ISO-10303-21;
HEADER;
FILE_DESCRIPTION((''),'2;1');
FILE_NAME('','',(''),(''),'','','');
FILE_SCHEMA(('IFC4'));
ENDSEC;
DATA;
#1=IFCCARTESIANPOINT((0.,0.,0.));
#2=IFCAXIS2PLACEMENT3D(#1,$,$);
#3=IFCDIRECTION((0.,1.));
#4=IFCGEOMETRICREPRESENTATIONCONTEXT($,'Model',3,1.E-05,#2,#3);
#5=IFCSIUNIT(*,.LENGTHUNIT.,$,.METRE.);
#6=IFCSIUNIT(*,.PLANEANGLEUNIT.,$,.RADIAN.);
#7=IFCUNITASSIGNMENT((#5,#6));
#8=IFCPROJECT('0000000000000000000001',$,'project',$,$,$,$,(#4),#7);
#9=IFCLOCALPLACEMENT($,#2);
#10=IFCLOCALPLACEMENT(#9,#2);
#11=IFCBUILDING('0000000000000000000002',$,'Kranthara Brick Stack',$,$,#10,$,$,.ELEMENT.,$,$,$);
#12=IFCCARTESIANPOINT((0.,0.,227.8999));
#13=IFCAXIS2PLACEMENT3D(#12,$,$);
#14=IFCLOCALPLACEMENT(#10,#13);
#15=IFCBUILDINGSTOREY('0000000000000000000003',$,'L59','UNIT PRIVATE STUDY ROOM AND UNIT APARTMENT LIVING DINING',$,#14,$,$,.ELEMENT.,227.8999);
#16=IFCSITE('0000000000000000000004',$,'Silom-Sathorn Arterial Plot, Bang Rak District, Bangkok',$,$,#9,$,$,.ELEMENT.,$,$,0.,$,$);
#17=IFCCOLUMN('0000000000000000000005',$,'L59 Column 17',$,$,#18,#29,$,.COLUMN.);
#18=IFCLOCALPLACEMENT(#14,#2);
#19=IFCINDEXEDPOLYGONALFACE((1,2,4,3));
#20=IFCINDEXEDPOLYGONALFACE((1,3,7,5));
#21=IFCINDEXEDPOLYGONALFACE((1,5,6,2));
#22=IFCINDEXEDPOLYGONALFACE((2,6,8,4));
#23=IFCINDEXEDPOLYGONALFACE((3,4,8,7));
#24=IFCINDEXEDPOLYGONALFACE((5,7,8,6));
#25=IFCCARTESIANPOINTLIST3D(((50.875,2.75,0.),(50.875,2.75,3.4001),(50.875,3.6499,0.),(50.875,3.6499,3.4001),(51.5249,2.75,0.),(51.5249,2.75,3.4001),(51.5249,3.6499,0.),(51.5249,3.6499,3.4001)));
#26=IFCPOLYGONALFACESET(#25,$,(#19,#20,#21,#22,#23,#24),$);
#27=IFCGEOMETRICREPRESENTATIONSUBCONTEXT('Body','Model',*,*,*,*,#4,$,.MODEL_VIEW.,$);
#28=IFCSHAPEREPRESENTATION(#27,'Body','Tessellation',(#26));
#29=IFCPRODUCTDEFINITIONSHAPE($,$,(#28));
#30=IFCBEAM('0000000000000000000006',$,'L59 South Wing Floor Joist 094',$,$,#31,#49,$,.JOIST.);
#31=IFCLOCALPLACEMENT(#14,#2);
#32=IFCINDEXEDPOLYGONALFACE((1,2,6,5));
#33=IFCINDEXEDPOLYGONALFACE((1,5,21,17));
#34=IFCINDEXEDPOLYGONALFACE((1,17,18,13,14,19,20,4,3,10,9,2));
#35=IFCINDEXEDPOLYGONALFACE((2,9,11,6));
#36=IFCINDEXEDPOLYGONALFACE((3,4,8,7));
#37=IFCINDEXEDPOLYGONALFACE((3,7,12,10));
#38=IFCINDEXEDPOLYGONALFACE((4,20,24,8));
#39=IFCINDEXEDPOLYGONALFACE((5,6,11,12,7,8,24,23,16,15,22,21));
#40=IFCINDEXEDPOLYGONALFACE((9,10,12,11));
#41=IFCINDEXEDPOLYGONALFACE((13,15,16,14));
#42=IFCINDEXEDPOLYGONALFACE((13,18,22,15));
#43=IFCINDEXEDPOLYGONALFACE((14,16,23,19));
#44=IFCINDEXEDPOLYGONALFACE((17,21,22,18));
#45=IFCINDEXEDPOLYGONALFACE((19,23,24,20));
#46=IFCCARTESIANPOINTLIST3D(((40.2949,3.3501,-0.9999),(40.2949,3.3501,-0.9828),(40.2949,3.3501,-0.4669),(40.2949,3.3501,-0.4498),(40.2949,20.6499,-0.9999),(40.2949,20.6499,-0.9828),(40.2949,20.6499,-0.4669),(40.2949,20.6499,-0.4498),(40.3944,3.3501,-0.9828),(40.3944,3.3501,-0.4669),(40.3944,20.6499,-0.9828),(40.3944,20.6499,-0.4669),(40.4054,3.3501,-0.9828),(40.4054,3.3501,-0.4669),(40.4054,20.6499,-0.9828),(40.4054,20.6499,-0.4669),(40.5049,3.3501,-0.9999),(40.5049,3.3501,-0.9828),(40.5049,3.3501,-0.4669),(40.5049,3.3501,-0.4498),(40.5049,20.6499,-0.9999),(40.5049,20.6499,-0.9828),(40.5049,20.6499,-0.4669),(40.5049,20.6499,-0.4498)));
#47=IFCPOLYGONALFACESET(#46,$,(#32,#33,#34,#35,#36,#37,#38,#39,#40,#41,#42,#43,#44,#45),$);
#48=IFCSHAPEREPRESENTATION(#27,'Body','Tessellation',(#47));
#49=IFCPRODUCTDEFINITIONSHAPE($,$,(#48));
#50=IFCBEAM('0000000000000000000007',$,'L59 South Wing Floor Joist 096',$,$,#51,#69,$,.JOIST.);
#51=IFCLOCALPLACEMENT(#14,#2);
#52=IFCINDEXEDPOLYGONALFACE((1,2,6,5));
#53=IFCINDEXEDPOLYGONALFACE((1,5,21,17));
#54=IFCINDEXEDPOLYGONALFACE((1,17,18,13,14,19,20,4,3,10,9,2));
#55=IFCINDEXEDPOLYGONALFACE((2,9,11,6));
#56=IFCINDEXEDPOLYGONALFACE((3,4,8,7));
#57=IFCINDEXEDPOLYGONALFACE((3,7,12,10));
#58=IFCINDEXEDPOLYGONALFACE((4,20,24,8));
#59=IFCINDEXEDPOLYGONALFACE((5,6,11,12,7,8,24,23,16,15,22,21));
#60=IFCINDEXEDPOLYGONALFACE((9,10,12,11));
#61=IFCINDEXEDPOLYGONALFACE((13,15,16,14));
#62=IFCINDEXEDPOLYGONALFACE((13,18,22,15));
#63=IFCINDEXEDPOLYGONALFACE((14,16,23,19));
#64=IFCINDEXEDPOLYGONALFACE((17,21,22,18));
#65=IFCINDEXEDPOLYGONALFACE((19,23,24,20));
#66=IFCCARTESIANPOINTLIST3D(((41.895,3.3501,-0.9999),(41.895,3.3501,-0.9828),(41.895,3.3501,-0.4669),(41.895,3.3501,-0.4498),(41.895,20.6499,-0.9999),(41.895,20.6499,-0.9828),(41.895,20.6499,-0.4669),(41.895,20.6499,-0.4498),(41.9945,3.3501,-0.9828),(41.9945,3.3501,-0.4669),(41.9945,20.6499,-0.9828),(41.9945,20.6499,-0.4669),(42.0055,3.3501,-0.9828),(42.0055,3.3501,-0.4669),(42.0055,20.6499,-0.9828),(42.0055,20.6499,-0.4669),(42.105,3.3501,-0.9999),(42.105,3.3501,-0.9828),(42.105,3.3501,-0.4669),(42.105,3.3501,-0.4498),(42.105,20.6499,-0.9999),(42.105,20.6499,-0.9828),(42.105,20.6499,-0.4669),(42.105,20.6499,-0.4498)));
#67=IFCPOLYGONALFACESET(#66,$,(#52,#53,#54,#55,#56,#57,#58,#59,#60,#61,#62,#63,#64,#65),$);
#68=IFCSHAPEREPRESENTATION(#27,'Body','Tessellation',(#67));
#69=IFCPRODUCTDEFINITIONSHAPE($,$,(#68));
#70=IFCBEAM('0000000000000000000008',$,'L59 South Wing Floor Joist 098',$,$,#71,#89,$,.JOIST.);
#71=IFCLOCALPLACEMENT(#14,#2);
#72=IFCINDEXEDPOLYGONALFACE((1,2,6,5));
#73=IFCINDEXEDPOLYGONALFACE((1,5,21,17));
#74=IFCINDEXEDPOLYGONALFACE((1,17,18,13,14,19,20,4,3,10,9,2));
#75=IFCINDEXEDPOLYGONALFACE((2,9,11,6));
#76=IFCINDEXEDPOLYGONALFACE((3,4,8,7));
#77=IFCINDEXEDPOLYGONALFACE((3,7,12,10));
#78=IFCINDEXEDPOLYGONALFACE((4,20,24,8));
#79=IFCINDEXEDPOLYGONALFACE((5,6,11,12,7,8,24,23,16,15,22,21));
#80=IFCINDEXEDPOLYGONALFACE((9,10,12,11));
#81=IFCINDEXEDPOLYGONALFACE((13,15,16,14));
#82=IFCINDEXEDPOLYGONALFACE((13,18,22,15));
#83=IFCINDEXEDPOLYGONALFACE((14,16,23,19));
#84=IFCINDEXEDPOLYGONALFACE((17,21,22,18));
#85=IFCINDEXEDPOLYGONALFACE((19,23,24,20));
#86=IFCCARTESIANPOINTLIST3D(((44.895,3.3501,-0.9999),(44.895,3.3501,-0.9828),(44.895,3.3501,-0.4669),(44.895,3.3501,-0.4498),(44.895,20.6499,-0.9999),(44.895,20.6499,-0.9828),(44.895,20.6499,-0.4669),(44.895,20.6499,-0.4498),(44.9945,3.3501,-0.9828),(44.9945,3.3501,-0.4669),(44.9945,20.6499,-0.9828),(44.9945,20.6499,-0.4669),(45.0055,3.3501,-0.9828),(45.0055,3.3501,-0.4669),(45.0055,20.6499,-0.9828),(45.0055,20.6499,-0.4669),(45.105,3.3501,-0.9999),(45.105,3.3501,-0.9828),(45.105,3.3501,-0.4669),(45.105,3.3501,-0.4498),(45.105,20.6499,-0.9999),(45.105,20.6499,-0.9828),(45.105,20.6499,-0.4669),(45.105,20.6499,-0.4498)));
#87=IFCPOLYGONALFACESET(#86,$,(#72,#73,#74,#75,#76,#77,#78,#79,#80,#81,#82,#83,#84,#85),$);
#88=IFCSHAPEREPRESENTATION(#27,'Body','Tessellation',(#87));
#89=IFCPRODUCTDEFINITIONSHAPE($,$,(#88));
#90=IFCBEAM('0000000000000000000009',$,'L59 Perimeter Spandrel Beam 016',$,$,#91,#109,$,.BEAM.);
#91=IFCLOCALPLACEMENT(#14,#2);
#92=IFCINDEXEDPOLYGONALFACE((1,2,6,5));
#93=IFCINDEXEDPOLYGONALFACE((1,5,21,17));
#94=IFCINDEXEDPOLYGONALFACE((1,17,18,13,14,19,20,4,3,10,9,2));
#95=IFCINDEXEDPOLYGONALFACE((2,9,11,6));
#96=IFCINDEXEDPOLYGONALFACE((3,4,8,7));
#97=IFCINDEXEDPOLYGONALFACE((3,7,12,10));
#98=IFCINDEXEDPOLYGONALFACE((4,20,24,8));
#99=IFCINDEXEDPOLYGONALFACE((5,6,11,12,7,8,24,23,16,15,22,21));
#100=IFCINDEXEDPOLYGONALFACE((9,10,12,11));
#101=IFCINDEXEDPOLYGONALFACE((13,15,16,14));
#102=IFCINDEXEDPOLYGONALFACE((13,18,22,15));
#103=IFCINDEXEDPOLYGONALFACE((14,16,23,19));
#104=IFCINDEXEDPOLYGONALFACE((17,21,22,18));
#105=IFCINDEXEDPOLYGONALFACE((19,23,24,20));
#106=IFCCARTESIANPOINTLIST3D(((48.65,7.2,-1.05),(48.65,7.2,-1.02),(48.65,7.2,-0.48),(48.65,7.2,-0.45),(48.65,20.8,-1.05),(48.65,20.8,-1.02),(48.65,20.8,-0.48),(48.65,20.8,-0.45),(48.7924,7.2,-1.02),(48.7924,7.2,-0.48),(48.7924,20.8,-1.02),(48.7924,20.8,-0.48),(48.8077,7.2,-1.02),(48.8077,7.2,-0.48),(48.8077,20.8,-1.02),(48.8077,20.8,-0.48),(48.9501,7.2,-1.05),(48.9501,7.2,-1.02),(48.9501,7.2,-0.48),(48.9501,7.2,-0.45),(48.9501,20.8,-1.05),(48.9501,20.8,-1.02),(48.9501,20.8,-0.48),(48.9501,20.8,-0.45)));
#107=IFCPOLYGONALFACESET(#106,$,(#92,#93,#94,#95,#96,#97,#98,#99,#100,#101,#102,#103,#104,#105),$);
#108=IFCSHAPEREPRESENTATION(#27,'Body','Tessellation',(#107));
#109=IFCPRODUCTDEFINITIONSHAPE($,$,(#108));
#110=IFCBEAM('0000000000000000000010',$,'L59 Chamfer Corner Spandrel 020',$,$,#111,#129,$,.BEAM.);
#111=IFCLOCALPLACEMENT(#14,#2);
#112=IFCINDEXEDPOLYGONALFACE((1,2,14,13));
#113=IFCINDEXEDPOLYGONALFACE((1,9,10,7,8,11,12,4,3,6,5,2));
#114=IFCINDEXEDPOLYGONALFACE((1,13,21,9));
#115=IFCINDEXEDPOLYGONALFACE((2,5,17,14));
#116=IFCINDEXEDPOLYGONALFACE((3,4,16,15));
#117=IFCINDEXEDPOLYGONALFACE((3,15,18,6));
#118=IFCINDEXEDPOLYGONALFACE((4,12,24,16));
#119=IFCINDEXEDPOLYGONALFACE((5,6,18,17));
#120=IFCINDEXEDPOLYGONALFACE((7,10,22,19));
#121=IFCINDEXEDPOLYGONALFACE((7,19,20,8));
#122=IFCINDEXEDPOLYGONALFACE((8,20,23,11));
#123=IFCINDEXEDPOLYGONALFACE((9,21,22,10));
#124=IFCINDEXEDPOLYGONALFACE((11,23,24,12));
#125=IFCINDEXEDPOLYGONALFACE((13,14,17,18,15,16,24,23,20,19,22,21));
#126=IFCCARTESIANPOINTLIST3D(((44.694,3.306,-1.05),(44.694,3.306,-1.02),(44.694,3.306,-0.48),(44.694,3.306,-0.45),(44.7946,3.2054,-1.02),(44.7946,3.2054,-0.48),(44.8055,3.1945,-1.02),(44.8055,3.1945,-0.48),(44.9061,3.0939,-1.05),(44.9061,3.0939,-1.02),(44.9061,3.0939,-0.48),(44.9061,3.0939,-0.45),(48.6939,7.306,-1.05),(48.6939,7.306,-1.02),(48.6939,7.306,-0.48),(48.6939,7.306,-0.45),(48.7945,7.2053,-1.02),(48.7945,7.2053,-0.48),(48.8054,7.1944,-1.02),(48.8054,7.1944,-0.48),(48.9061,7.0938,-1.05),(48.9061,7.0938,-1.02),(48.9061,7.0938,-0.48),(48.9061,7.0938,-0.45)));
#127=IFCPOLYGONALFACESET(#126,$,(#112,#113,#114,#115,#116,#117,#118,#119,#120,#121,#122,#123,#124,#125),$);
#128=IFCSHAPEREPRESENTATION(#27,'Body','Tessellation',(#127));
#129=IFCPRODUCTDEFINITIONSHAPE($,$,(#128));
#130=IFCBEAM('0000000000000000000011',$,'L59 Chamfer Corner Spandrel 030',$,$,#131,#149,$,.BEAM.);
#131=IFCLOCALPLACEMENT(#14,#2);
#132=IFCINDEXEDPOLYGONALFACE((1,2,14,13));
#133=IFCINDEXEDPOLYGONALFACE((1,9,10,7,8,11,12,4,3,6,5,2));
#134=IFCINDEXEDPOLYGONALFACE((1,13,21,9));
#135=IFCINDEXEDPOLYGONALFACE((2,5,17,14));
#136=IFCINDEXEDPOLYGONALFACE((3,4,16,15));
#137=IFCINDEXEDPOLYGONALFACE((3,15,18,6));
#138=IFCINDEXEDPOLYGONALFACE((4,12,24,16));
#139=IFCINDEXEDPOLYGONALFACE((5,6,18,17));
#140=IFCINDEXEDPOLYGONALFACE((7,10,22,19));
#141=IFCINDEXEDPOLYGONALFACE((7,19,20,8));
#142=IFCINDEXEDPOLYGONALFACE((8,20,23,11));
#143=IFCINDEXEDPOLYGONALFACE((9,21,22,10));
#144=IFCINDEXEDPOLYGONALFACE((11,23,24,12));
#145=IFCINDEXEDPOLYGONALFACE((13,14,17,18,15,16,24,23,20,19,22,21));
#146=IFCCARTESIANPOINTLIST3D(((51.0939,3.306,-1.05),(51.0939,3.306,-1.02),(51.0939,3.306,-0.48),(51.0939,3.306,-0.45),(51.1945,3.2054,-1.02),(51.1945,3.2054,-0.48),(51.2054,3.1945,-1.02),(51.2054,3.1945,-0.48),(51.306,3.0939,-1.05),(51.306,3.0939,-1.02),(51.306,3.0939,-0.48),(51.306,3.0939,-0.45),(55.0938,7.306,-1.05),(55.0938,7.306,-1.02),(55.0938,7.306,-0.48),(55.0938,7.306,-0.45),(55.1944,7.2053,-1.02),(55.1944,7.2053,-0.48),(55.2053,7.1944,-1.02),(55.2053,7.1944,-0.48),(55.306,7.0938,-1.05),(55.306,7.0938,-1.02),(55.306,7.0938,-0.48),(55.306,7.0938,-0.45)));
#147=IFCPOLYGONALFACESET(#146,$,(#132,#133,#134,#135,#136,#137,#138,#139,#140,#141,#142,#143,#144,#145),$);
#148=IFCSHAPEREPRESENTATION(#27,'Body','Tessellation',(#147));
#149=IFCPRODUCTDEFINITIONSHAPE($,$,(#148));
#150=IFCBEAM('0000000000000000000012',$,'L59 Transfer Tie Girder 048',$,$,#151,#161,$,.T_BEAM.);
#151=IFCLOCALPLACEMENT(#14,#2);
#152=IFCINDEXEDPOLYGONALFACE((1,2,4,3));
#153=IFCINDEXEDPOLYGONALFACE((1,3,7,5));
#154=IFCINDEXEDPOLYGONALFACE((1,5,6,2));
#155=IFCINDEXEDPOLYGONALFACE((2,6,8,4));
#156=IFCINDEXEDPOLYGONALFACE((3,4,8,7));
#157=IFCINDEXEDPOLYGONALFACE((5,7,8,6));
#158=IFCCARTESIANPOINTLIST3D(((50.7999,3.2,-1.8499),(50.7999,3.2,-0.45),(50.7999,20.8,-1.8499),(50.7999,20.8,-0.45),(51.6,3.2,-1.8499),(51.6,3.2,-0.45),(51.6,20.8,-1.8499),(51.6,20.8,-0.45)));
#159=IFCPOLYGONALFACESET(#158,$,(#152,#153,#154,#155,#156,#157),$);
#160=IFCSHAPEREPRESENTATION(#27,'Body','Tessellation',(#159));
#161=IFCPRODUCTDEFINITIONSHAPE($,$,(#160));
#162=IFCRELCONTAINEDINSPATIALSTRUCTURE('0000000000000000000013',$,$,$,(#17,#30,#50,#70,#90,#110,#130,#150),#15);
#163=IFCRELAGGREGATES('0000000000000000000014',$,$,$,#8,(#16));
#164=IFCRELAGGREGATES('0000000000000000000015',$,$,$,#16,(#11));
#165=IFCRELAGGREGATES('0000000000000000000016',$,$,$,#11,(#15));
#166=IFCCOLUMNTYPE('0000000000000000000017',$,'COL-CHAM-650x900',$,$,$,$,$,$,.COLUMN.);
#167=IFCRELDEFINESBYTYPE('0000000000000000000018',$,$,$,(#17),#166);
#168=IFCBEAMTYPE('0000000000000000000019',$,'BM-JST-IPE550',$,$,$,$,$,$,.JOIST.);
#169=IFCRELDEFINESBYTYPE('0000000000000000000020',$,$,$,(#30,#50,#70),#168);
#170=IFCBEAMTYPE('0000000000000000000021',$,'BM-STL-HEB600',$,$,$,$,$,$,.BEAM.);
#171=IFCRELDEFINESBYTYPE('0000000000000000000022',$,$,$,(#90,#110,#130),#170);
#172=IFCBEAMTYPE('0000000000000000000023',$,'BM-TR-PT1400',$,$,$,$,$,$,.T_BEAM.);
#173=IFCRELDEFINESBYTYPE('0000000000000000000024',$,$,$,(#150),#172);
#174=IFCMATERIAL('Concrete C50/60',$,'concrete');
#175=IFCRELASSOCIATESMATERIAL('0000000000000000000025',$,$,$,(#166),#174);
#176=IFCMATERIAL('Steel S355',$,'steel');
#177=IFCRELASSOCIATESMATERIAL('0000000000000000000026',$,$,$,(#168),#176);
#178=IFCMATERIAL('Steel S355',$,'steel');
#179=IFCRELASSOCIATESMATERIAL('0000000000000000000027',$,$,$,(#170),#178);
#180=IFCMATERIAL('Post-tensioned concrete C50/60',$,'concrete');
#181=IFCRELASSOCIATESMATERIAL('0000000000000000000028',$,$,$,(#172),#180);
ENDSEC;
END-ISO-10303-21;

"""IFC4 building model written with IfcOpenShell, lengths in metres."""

from ifc_helpers import new_model, si_unit, direction, frame, origin, origin_2d, place, context, subcontext, project, spatial, rectangle, i_section, extrude, material, material_profile, profile_set, type_object, element, save


model = new_model("IFC4")

# Units and contexts
model_context = context("Model", 3, precision=1e-05, world=origin(), true_north=direction((0.0, 1.0)))
body_context = subcontext(model_context, "Body", "Model", "MODEL_VIEW")
ifc_project = project(units=[si_unit("LENGTHUNIT", "METRE"), si_unit("PLANEANGLEUNIT", "RADIAN")], contexts=[model_context])

# Site, building, storey
site_placement = place(None, origin())
site = spatial("IfcSite", under=ifc_project, at=site_placement, Name="Silom-Sathorn Arterial Plot, Bang Rak District, Bangkok", CompositionType="ELEMENT", RefElevation=0.0)
building_placement = place(site_placement, origin())
building = spatial("IfcBuilding", under=site, at=building_placement, Name="Kranthara Brick Stack", CompositionType="ELEMENT")
storey_placement = place(building_placement, frame((0.0, 0.0, 227.8999)))
storey = spatial("IfcBuildingStorey", under=building, at=storey_placement, Name="L59", Description="UNIT PRIVATE STUDY ROOM AND UNIT APARTMENT LIVING DINING", CompositionType="ELEMENT", Elevation=227.8999)

# Column
ifc_material_1 = material(Name="Concrete C50/60", Category="concrete")
ifc_material_profile_1 = material_profile(ifc_material_1, rectangle(XDim=0.6499, YDim=0.8999, at=origin_2d()), Name="RC 650x900")
ifc_profile_set_1 = profile_set([ifc_material_profile_1], Name="Concrete C50/60")
column_type = type_object("IfcColumnType", Name="COL-CHAM-650x900", PredefinedType="COLUMN", material=ifc_profile_set_1)
column_placement = place(storey_placement, frame((51.2, 3.2, 0.0), z_axis=(0.0, 0.0, 1.0), x_axis=(1.0, 0.0, 0.0)))
element("IfcColumn", 1, at=column_placement, inside=storey, type_object=column_type, Name="L59 Column 17", PredefinedType="COLUMN", context=body_context, shape_type="SweptSolid", body=[
    extrude(rectangle(XDim=0.6499, YDim=0.8999, at=origin_2d()), origin(), (0.0, 0.0, 1.0), 3.4001),
])

# Beams
ifc_material_2 = material(Name="Steel S355", Category="steel")
ifc_material_profile_2 = material_profile(ifc_material_2, i_section(OverallWidth=0.21, OverallDepth=0.55, WebThickness=0.011, FlangeThickness=0.0171, at=origin_2d()), Name="IPE 550")
ifc_profile_set_2 = profile_set([ifc_material_profile_2], Name="Steel S355")
beam_type_1 = type_object("IfcBeamType", Name="BM-JST-IPE550", PredefinedType="JOIST", material=ifc_profile_set_2)
for number, where, z_axis, x_axis, name in (
    (2, (40.3999, 3.3501, -0.7249), (0.0, 1.0, 0.0), (-1.0, 0.0, 0.0), "L59 South Wing Floor Joist 094"),
    (3, (42.0, 3.3501, -0.7249), (0.0, 1.0, 0.0), (-1.0, 0.0, 0.0), "L59 South Wing Floor Joist 096"),
    (4, (45.0, 3.3501, -0.7249), (0.0, 1.0, 0.0), (-1.0, 0.0, 0.0), "L59 South Wing Floor Joist 098"),
):
    element("IfcBeam", number, at=place(storey_placement, frame(where, z_axis=z_axis, x_axis=x_axis)), inside=storey, type_object=beam_type_1, Name=name, PredefinedType="JOIST", context=body_context, shape_type="SweptSolid", body=[
        extrude(i_section(OverallWidth=0.21, OverallDepth=0.55, WebThickness=0.011, FlangeThickness=0.0171, at=origin_2d()), origin(), (0.0, 0.0, 1.0), 17.2998),
    ])
ifc_material_3 = material(Name="Steel S355", Category="steel")
ifc_material_profile_3 = material_profile(ifc_material_3, i_section(OverallWidth=0.3, OverallDepth=0.6001, WebThickness=0.0154, FlangeThickness=0.03, at=origin_2d()), Name="HEB 600")
ifc_profile_set_3 = profile_set([ifc_material_profile_3], Name="Steel S355")
beam_type_2 = type_object("IfcBeamType", Name="BM-STL-HEB600", PredefinedType="BEAM", material=ifc_profile_set_3)
beam_1_placement = place(storey_placement, frame((48.8, 7.2, -0.75), z_axis=(0.0, 1.0, 0.0), x_axis=(-1.0, 0.0, 0.0)))
element("IfcBeam", 5, at=beam_1_placement, inside=storey, type_object=beam_type_2, Name="L59 Perimeter Spandrel Beam 016", PredefinedType="BEAM", context=body_context, shape_type="SweptSolid", body=[
    extrude(i_section(OverallWidth=0.3, OverallDepth=0.6001, WebThickness=0.0154, FlangeThickness=0.03, at=origin_2d()), origin(), (0.0, 0.0, 1.0), 13.6001),
])
for number, where, z_axis, x_axis, name in (
    (6, (44.8, 3.2, -0.75), (0.707107, 0.707107, 0.0), (-0.707107, 0.707107, 0.0), "L59 Chamfer Corner Spandrel 020"),
    (7, (51.2, 3.2, -0.75), (0.707107, 0.707107, 0.0), (-0.707107, 0.707107, 0.0), "L59 Chamfer Corner Spandrel 030"),
):
    element("IfcBeam", number, at=place(storey_placement, frame(where, z_axis=z_axis, x_axis=x_axis)), inside=storey, type_object=beam_type_2, Name=name, PredefinedType="BEAM", context=body_context, shape_type="SweptSolid", body=[
        extrude(i_section(OverallWidth=0.3, OverallDepth=0.6001, WebThickness=0.0154, FlangeThickness=0.03, at=origin_2d()), origin(), (0.0, 0.0, 1.0), 5.6567),
    ])
ifc_material_4 = material(Name="Post-tensioned concrete C50/60", Category="concrete")
ifc_material_profile_4 = material_profile(ifc_material_4, rectangle(XDim=0.8, YDim=1.3999, at=origin_2d()), Name="PT 800x1400")
ifc_profile_set_4 = profile_set([ifc_material_profile_4], Name="Post-tensioned concrete C50/60")
beam_type_3 = type_object("IfcBeamType", Name="BM-TR-PT1400", PredefinedType="T_BEAM", material=ifc_profile_set_4)
beam_2_placement = place(storey_placement, frame((51.2, 3.2, -1.1499), z_axis=(0.0, 1.0, 0.0), x_axis=(-1.0, 0.0, 0.0)))
element("IfcBeam", 8, at=beam_2_placement, inside=storey, type_object=beam_type_3, Name="L59 Transfer Tie Girder 048", PredefinedType="T_BEAM", context=body_context, shape_type="SweptSolid", body=[
    extrude(rectangle(XDim=0.8, YDim=1.3999, at=origin_2d()), origin(), (0.0, 0.0, 1.0), 17.6001),
])

save(model, "model.ifc")
